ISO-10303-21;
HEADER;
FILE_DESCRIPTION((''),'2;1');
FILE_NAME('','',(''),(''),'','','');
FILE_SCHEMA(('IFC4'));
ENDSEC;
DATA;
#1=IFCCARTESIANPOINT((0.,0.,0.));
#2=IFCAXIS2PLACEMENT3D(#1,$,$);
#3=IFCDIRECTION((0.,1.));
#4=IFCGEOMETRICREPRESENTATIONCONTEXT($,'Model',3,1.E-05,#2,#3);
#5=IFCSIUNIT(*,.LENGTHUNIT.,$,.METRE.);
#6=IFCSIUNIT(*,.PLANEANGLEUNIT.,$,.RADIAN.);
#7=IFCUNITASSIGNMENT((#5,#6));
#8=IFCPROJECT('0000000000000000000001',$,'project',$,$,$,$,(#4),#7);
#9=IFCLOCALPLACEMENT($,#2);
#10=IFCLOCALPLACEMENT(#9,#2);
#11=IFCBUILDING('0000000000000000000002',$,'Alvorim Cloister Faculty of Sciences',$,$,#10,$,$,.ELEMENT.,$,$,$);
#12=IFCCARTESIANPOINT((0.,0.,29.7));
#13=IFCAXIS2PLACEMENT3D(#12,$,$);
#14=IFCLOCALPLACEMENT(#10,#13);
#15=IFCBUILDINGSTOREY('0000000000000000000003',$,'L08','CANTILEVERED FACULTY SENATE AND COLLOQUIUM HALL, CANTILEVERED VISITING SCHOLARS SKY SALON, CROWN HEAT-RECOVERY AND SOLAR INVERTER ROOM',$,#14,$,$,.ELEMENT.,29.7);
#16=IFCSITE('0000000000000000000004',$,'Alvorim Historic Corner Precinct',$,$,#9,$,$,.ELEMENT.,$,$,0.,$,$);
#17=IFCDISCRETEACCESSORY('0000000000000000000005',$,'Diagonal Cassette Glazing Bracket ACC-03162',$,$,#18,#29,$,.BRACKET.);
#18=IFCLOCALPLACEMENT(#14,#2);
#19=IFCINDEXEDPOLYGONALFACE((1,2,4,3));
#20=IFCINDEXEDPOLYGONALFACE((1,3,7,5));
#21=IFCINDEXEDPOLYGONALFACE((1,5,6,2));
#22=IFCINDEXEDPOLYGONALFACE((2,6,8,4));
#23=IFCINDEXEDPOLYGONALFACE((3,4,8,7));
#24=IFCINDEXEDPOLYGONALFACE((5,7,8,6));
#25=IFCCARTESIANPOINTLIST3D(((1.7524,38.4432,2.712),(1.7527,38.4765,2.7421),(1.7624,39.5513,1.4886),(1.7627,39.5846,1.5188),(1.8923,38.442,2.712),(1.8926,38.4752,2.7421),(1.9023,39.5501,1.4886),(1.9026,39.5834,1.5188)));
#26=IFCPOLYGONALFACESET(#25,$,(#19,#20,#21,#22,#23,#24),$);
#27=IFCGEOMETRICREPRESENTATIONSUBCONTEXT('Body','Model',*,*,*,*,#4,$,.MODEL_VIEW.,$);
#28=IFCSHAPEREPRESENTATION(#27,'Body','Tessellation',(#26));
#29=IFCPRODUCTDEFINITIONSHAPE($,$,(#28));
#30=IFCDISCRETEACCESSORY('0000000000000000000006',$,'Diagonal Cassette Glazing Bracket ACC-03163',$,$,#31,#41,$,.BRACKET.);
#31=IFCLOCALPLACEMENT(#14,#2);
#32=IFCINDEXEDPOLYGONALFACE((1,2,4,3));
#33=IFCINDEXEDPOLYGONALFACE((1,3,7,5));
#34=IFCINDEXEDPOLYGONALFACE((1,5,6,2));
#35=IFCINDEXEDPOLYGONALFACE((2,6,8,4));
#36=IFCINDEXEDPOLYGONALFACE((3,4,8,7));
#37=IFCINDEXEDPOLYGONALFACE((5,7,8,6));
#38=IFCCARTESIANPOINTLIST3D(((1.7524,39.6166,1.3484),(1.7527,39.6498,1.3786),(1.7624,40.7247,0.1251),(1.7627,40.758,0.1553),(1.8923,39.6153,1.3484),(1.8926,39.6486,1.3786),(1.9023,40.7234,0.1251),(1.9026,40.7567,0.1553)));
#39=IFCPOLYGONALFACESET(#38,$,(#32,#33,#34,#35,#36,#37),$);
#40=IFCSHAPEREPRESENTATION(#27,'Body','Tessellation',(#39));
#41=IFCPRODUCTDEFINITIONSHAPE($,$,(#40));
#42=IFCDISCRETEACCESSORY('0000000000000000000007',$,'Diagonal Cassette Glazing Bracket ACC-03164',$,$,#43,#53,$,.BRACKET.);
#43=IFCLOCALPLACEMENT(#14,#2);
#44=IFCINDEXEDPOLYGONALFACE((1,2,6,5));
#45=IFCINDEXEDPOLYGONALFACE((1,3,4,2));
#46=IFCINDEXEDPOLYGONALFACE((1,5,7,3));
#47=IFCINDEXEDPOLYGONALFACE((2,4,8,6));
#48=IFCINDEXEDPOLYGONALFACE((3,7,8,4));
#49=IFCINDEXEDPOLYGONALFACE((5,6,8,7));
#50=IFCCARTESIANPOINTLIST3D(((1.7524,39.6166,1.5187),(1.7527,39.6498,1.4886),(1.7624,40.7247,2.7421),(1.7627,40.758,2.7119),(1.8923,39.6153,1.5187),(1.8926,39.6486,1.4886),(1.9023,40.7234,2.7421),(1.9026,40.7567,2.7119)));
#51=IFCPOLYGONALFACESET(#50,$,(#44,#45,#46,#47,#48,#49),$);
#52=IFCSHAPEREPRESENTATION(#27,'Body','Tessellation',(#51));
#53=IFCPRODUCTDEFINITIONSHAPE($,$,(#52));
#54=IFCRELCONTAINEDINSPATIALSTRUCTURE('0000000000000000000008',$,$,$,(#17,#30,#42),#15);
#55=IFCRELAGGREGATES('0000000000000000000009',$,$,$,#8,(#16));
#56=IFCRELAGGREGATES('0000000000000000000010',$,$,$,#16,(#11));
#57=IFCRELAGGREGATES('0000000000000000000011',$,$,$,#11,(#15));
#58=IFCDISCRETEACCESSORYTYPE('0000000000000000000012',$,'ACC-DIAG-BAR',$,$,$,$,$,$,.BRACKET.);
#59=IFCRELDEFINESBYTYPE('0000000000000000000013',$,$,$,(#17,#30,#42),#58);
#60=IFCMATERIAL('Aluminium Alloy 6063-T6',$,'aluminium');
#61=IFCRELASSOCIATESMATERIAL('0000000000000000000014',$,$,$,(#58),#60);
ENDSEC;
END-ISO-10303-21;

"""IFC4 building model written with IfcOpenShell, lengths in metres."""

from ifc_helpers import new_model, si_unit, direction, frame, origin, origin_2d, place, context, subcontext, project, spatial, rectangle, extrude, material, type_object, element, save


model = new_model("IFC4")

# Units and contexts
model_context = context("Model", 3, precision=1e-05, world=origin(), true_north=direction((0.0, 1.0)))
body_context = subcontext(model_context, "Body", "Model", "MODEL_VIEW")
ifc_project = project(units=[si_unit("LENGTHUNIT", "METRE"), si_unit("PLANEANGLEUNIT", "RADIAN")], contexts=[model_context])

# Site, building, storey
site_placement = place(None, origin())
site = spatial("IfcSite", under=ifc_project, at=site_placement, Name="Alvorim Historic Corner Precinct", CompositionType="ELEMENT", RefElevation=0.0)
building_placement = place(site_placement, origin())
building = spatial("IfcBuilding", under=site, at=building_placement, Name="Alvorim Cloister Faculty of Sciences", CompositionType="ELEMENT")
storey_placement = place(building_placement, frame((0.0, 0.0, 29.7)))
storey = spatial("IfcBuildingStorey", under=building, at=storey_placement, Name="L08", Description="CANTILEVERED FACULTY SENATE AND COLLOQUIUM HALL, CANTILEVERED VISITING SCHOLARS SKY SALON, CROWN HEAT-RECOVERY AND SOLAR INVERTER ROOM", CompositionType="ELEMENT", Elevation=29.7)

# Shared definitions
ifc_material_1 = material(Name="Aluminium Alloy 6063-T6", Category="aluminium")

# Discrete accessories
discrete_accessory_type = type_object("IfcDiscreteAccessoryType", Name="ACC-DIAG-BAR", PredefinedType="BRACKET", material=ifc_material_1)
for number, where, z_axis, x_axis, name in (
    (1, (1.8225, 38.4592, 2.7271), (0.006064, 0.671327, -0.741137), (-0.999959, 0.009032, 0.0), "Diagonal Cassette Glazing Bracket ACC-03162"),
    (2, (1.8225, 39.6326, 1.3635), (0.006064, 0.671327, -0.741137), (-0.999959, 0.009032, 0.0), "Diagonal Cassette Glazing Bracket ACC-03163"),
    (3, (1.8225, 39.6326, 1.5037), (0.006064, 0.671327, 0.741137), (-0.999959, 0.009032, 0.0), "Diagonal Cassette Glazing Bracket ACC-03164"),
):
    element("IfcDiscreteAccessory", number, at=place(storey_placement, frame(where, z_axis=z_axis, x_axis=x_axis)), inside=storey, type_object=discrete_accessory_type, Name=name, PredefinedType="BRACKET", context=body_context, shape_type="SweptSolid", body=[
        extrude(rectangle(XDim=0.1399, YDim=0.0449, at=origin_2d()), origin(), (0.0, 0.0, 1.0), 1.6506),
    ])

save(model, "model.ifc")
